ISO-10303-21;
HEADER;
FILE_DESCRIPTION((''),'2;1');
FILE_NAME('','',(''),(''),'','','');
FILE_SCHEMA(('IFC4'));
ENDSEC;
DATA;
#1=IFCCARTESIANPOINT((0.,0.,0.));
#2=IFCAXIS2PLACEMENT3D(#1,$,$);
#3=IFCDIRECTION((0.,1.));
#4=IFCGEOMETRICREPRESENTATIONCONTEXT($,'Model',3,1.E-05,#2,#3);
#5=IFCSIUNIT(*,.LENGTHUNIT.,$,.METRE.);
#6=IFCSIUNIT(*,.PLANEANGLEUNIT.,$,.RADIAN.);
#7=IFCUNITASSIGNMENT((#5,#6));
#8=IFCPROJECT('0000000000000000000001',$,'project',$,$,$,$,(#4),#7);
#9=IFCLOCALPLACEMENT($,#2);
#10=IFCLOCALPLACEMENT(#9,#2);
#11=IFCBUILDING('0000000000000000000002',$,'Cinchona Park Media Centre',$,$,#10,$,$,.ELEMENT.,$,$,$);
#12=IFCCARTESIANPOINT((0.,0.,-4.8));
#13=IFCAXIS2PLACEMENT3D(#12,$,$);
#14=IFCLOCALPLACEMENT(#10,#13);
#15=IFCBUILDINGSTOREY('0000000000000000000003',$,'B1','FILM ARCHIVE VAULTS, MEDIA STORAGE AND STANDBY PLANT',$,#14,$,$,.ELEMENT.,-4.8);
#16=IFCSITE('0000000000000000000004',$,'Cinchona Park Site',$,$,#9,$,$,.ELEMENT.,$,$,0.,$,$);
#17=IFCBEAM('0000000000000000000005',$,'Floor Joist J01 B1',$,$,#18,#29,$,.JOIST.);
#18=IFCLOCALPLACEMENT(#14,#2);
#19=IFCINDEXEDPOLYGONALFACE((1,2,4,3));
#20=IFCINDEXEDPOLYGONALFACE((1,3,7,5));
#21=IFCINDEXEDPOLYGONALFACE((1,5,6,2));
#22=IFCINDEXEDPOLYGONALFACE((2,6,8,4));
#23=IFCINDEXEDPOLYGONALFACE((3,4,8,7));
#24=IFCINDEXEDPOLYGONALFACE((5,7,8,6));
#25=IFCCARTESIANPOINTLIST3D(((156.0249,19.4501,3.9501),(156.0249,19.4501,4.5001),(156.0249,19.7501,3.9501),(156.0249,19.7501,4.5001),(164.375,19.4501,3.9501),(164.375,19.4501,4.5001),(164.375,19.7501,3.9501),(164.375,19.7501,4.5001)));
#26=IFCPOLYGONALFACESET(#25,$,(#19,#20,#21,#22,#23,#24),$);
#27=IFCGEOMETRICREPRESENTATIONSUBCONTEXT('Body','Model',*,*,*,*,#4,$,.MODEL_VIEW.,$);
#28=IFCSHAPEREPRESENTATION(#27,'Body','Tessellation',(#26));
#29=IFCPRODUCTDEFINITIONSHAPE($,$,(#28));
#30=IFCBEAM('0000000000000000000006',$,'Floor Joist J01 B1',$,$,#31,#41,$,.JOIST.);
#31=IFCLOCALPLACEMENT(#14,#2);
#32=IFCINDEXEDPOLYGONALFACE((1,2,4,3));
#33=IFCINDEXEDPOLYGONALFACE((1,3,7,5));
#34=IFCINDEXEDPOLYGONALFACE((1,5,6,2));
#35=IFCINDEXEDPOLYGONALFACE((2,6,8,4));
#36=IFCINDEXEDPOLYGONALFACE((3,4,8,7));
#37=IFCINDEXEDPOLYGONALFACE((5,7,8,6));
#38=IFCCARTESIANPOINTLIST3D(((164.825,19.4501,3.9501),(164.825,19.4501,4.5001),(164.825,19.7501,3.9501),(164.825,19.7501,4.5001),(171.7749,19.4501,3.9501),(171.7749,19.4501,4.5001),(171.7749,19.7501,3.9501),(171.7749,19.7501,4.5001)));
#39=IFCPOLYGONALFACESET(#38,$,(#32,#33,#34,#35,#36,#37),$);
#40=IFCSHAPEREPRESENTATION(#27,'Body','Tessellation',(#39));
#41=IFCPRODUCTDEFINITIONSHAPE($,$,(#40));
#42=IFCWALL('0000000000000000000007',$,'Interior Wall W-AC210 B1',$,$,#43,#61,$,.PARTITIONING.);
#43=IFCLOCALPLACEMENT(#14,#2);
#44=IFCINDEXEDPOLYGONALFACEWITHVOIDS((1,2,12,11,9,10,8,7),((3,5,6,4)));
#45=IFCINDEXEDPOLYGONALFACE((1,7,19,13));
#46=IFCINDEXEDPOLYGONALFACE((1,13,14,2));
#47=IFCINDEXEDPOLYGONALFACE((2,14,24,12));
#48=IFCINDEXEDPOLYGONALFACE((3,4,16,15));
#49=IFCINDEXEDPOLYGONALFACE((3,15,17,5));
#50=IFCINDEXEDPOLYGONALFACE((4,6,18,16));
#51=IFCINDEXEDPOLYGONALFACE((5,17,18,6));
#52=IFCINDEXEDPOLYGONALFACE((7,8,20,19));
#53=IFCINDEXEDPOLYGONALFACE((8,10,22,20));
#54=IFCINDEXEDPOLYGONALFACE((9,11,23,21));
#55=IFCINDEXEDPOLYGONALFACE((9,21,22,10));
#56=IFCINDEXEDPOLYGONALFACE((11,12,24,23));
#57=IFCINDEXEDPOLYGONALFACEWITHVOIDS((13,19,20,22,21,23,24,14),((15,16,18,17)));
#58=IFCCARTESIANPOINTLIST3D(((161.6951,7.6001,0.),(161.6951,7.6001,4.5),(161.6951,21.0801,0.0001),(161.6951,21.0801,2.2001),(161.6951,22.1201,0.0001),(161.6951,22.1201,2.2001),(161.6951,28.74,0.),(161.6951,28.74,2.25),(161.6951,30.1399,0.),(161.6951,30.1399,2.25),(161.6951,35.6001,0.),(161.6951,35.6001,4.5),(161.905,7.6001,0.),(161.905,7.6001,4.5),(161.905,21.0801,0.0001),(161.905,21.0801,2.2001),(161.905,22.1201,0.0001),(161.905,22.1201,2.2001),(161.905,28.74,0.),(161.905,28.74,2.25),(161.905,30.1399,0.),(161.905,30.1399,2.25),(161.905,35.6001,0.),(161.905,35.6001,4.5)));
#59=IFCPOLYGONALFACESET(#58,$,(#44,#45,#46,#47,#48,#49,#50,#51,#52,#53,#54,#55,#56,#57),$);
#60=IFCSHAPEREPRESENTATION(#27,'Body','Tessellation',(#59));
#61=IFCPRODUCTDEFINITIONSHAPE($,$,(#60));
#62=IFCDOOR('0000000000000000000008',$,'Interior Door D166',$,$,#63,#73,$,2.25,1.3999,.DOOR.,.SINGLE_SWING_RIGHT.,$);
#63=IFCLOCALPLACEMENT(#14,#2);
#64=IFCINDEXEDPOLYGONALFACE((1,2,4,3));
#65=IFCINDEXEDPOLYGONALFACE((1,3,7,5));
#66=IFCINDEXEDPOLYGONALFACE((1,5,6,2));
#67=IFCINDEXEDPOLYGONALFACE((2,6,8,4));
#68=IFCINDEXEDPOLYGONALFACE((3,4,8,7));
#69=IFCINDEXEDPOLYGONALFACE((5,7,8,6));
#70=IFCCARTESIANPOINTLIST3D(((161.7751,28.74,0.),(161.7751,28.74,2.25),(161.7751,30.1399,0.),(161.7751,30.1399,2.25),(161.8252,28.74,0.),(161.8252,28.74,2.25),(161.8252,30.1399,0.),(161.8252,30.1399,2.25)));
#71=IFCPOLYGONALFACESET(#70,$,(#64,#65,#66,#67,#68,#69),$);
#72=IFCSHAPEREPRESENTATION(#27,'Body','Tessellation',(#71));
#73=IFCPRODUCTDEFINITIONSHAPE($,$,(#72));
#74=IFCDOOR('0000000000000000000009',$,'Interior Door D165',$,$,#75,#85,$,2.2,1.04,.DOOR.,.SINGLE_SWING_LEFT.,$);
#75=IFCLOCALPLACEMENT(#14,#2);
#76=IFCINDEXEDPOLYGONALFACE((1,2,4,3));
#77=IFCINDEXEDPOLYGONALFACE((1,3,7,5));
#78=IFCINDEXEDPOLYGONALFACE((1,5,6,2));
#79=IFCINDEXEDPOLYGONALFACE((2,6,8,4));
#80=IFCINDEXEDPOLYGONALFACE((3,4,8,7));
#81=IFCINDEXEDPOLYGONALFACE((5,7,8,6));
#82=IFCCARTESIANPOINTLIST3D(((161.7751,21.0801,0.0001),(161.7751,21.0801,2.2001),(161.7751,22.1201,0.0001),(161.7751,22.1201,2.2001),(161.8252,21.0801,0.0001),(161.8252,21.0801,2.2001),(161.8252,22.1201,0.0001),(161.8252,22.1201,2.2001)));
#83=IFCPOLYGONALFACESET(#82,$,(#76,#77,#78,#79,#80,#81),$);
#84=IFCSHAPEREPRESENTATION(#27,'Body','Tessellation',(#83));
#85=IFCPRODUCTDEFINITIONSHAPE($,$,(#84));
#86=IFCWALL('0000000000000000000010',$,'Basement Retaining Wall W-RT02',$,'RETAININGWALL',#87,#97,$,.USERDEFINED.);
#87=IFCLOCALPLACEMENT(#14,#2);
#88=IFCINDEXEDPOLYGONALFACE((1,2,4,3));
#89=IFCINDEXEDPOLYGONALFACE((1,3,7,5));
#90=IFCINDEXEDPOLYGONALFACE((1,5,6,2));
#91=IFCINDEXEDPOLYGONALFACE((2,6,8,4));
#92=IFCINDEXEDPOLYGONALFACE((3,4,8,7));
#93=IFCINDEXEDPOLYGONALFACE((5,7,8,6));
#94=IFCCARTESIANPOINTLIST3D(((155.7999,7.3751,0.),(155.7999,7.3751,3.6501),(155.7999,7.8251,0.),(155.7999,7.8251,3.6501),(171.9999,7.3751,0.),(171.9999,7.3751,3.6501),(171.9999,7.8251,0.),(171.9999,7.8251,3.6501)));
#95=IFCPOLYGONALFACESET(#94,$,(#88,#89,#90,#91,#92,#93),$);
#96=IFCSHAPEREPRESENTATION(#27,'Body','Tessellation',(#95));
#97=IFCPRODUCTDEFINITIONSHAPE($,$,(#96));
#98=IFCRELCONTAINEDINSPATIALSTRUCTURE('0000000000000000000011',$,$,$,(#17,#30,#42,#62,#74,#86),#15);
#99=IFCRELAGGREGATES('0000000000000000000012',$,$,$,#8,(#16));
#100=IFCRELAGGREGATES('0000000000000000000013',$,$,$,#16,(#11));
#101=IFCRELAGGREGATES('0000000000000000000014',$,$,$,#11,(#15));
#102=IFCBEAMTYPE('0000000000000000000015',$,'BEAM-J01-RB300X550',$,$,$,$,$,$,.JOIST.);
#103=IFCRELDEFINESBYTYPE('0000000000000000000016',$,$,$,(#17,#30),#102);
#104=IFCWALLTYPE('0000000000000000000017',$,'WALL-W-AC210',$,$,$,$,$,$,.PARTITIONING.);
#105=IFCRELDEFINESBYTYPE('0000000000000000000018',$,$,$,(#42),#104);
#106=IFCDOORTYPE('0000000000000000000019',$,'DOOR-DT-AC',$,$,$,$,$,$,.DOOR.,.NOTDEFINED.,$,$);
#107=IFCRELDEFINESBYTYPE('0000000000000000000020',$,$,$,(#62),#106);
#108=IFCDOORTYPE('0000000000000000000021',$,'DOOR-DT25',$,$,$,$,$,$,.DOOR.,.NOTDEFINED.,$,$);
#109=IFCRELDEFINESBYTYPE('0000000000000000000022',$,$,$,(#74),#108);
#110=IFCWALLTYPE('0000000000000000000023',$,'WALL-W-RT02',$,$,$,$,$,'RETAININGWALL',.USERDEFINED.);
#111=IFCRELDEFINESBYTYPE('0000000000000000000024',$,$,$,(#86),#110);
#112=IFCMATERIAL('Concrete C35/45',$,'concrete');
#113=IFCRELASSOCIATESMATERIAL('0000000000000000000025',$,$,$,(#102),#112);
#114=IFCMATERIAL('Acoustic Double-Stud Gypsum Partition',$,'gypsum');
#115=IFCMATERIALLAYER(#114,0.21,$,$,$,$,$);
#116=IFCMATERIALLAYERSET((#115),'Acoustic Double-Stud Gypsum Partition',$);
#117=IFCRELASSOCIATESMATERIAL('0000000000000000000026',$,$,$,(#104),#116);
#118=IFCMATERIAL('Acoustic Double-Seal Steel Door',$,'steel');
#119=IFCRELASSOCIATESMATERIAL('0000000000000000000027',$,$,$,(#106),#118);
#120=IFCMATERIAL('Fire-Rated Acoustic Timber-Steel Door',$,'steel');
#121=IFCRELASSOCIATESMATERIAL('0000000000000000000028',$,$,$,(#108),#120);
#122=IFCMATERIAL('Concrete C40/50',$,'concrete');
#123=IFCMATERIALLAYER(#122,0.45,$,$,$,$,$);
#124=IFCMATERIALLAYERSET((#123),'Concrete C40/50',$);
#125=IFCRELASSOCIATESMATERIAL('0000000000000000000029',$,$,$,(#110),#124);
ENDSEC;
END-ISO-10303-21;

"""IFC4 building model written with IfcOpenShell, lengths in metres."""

from ifc_helpers import new_model, si_unit, direction, frame, frame_2d, origin, origin_2d, place, context, subcontext, project, spatial, rectangle, extrude, material, layer, layer_set, material_profile, profile_set, type_object, element, fill, save


model = new_model("IFC4")

# Units and contexts
model_context = context("Model", 3, precision=1e-05, world=origin(), true_north=direction((0.0, 1.0)))
body_context = subcontext(model_context, "Body", "Model", "MODEL_VIEW")
ifc_project = project(units=[si_unit("LENGTHUNIT", "METRE"), si_unit("PLANEANGLEUNIT", "RADIAN")], contexts=[model_context])

# Site, building, storey
site_placement = place(None, origin())
site = spatial("IfcSite", under=ifc_project, at=site_placement, Name="Cinchona Park Site", CompositionType="ELEMENT", RefElevation=0.0)
building_placement = place(site_placement, origin())
building = spatial("IfcBuilding", under=site, at=building_placement, Name="Cinchona Park Media Centre", CompositionType="ELEMENT")
storey_placement = place(building_placement, frame((0.0, 0.0, -4.8)))
storey = spatial("IfcBuildingStorey", under=building, at=storey_placement, Name="B1", Description="FILM ARCHIVE VAULTS, MEDIA STORAGE AND STANDBY PLANT", CompositionType="ELEMENT", Elevation=-4.8)

# Beams
ifc_material_1 = material(Name="Concrete C35/45", Category="concrete")
ifc_material_profile_1 = material_profile(ifc_material_1, rectangle(XDim=0.3, YDim=0.55, at=origin_2d()), Name="RB 300X550")
ifc_profile_set_1 = profile_set([ifc_material_profile_1], Name="Concrete C35/45")
beam_type_1 = type_object("IfcBeamType", Name="BEAM-J01-RB300X550", PredefinedType="JOIST", material=ifc_profile_set_1)
beam_1_placement = place(storey_placement, frame((156.0249, 19.6001, 4.2251), z_axis=(1.0, 0.0, 0.0), x_axis=(0.0, 1.0, 0.0)))
element("IfcBeam", 1, at=beam_1_placement, inside=storey, type_object=beam_type_1, Name="Floor Joist J01 B1", PredefinedType="JOIST", context=body_context, shape_type="SweptSolid", body=[
    extrude(rectangle(XDim=0.3, YDim=0.55, at=origin_2d()), origin(), (0.0, 0.0, 1.0), 8.3501),
])
beam_2_placement = place(storey_placement, frame((164.825, 19.6001, 4.2251), z_axis=(1.0, 0.0, 0.0), x_axis=(0.0, 1.0, 0.0)))
element("IfcBeam", 2, at=beam_2_placement, inside=storey, type_object=beam_type_1, Name="Floor Joist J01 B1", PredefinedType="JOIST", context=body_context, shape_type="SweptSolid", body=[
    extrude(rectangle(XDim=0.3, YDim=0.55, at=origin_2d()), origin(), (0.0, 0.0, 1.0), 6.95),
])

# Wall, openings, doors
ifc_material_2 = material(Name="Acoustic Double-Stud Gypsum Partition", Category="gypsum")
ifc_layer_1 = layer(ifc_material_2, 0.21)
ifc_layer_set_1 = layer_set([ifc_layer_1], Name="Acoustic Double-Stud Gypsum Partition")
wall_type_1 = type_object("IfcWallType", Name="WALL-W-AC210", PredefinedType="PARTITIONING", material=ifc_layer_set_1)
wall_1_placement = place(storey_placement, frame((161.8, 7.6001, 0.0), z_axis=(0.0, 0.0, 1.0), x_axis=(0.0, 1.0, 0.0)))
wall_1 = element("IfcWall", 3, at=wall_1_placement, inside=storey, type_object=wall_type_1, Name="Interior Wall W-AC210 B1", PredefinedType="PARTITIONING", context=body_context, shape_type="SweptSolid", body=[
    extrude(rectangle(XDim=28.0, YDim=0.21, at=frame_2d((14.0, 0.0))), origin(), (0.0, 0.0, 1.0), 4.5),
])
opening_1_placement = place(wall_1_placement, frame((13.48, 0.0, 0.0)))
opening_1 = element("IfcOpeningElement", 4, at=opening_1_placement, cuts=wall_1, PredefinedType="OPENING", context=body_context, shape_type="SweptSolid", body=[
    extrude(rectangle(XDim=1.04, YDim=2.2, at=frame_2d((0.52, 1.1001))), frame((0.0, 0.115, 0.0), z_axis=(0.0, -1.0, 0.0), x_axis=(1.0, 0.0, 0.0)), (0.0, 0.0, 1.0), 0.23),
])
opening_2_placement = place(wall_1_placement, frame((21.1399, 0.0, 0.0)))
opening_2 = element("IfcOpeningElement", 5, at=opening_2_placement, cuts=wall_1, PredefinedType="OPENING", context=body_context, shape_type="SweptSolid", body=[
    extrude(rectangle(XDim=1.3999, YDim=2.25, at=frame_2d((0.7, 1.125))), frame((0.0, 0.115, 0.0), z_axis=(0.0, -1.0, 0.0), x_axis=(1.0, 0.0, 0.0)), (0.0, 0.0, 1.0), 0.23),
])
ifc_material_3 = material(Name="Acoustic Double-Seal Steel Door", Category="steel")
door_type_1 = type_object("IfcDoorType", Name="DOOR-DT-AC", OperationType="NOTDEFINED", PredefinedType="DOOR", material=ifc_material_3)
door_1_placement = place(opening_2_placement, origin())
door_1 = element("IfcDoor", 6, at=door_1_placement, inside=storey, type_object=door_type_1, Name="Interior Door D166", OperationType="SINGLE_SWING_RIGHT", OverallHeight=2.25, OverallWidth=1.3999, PredefinedType="DOOR", context=body_context, shape_type="SweptSolid", body=[
    extrude(rectangle(XDim=1.3999, YDim=2.25, at=frame_2d((0.7, 1.125))), frame((0.0, 0.0249, 0.0), z_axis=(0.0, -1.0, 0.0), x_axis=(1.0, 0.0, 0.0)), (0.0, 0.0, 1.0), 0.05),
])
fill(opening_2, door_1)
ifc_material_4 = material(Name="Fire-Rated Acoustic Timber-Steel Door", Category="steel")
door_type_2 = type_object("IfcDoorType", Name="DOOR-DT25", OperationType="NOTDEFINED", PredefinedType="DOOR", material=ifc_material_4)
door_2_placement = place(opening_1_placement, origin())
door_2 = element("IfcDoor", 7, at=door_2_placement, inside=storey, type_object=door_type_2, Name="Interior Door D165", OperationType="SINGLE_SWING_LEFT", OverallHeight=2.2, OverallWidth=1.04, PredefinedType="DOOR", context=body_context, shape_type="SweptSolid", body=[
    extrude(rectangle(XDim=1.04, YDim=2.2, at=frame_2d((0.52, 1.1001))), frame((0.0, 0.0249, 0.0), z_axis=(0.0, -1.0, 0.0), x_axis=(1.0, 0.0, 0.0)), (0.0, 0.0, 1.0), 0.05),
])
fill(opening_1, door_2)

# Wall
ifc_material_5 = material(Name="Concrete C40/50", Category="concrete")
ifc_layer_2 = layer(ifc_material_5, 0.45)
ifc_layer_set_2 = layer_set([ifc_layer_2], Name="Concrete C40/50")
wall_type_2 = type_object("IfcWallType", Name="WALL-W-RT02", ElementType="RETAININGWALL", PredefinedType="USERDEFINED", material=ifc_layer_set_2)
wall_2_placement = place(storey_placement, frame((172.0, 7.6001, 0.0), z_axis=(0.0, 0.0, 1.0), x_axis=(-1.0, 0.0, 0.0)))
element("IfcWall", 8, at=wall_2_placement, inside=storey, type_object=wall_type_2, Name="Basement Retaining Wall W-RT02", ObjectType="RETAININGWALL", PredefinedType="USERDEFINED", context=body_context, shape_type="SweptSolid", body=[
    extrude(rectangle(XDim=16.2, YDim=0.45, at=frame_2d((8.1001, 0.0))), origin(), (0.0, 0.0, 1.0), 3.6501),
])

save(model, "model.ifc")
